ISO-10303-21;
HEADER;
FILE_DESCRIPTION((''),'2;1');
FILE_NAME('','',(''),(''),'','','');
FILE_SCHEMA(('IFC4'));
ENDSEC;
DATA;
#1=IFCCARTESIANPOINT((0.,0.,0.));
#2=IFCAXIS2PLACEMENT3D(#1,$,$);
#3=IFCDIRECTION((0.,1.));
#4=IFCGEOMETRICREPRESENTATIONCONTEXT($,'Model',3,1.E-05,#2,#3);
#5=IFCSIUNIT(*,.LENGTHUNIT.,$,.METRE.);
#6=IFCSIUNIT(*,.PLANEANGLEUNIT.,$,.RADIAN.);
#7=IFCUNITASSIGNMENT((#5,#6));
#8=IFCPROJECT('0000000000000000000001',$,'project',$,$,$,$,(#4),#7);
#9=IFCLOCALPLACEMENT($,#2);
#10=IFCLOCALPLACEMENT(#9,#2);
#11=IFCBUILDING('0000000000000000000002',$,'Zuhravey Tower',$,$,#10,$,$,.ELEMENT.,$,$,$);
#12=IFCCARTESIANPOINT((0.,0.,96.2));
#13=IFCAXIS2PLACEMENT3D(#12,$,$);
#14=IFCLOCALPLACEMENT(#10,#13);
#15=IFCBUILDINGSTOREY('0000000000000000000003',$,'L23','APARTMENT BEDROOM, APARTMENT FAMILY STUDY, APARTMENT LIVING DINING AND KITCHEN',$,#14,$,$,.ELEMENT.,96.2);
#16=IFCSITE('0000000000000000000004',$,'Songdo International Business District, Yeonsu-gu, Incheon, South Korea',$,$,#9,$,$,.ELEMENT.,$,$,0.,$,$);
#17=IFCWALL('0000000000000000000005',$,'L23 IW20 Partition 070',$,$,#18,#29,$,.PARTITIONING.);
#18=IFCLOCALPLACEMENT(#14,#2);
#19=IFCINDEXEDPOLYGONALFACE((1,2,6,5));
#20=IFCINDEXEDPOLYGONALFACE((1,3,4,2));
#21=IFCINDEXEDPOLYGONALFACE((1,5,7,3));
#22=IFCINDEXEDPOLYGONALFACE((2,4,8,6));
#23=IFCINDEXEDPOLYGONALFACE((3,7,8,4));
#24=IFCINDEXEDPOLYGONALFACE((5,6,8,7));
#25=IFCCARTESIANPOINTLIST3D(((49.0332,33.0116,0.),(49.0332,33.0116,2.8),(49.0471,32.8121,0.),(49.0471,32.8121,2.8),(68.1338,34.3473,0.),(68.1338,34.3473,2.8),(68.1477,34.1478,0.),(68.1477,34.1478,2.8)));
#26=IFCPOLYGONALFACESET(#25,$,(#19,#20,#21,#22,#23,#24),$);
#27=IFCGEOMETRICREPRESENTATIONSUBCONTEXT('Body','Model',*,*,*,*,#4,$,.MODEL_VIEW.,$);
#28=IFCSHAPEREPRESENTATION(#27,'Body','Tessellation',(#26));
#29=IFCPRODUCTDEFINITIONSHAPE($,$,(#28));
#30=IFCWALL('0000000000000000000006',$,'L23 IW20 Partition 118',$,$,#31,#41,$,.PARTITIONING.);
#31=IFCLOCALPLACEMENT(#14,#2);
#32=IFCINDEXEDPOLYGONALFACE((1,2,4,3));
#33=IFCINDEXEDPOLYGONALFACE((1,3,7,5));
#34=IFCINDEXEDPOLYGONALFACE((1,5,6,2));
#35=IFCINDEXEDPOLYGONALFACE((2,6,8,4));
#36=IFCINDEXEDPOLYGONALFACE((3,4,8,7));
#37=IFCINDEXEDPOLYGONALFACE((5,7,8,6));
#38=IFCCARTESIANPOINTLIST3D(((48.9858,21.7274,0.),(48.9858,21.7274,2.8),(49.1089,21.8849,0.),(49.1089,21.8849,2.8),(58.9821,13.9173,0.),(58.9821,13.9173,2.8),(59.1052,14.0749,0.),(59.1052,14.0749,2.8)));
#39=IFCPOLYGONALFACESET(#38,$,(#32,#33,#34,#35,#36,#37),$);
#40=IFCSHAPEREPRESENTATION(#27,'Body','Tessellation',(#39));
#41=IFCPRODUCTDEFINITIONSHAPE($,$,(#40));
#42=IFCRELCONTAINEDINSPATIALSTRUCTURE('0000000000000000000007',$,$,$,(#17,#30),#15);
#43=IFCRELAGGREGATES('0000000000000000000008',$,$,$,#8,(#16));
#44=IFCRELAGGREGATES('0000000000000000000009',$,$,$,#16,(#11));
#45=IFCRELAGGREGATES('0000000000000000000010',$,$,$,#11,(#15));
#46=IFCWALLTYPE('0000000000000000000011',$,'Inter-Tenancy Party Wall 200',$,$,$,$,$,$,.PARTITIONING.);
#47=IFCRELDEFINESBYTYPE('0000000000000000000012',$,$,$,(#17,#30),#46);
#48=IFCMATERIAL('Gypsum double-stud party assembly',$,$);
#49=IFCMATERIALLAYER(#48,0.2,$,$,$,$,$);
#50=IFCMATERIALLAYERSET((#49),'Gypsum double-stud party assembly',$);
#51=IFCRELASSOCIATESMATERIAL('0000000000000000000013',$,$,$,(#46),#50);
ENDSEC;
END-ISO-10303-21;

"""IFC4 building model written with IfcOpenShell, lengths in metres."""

from ifc_helpers import new_model, si_unit, direction, frame, frame_2d, origin, place, context, subcontext, project, spatial, rectangle, extrude, material, layer, layer_set, type_object, element, save


model = new_model("IFC4")

# Units and contexts
model_context = context("Model", 3, precision=1e-05, world=origin(), true_north=direction((0.0, 1.0)))
body_context = subcontext(model_context, "Body", "Model", "MODEL_VIEW")
ifc_project = project(units=[si_unit("LENGTHUNIT", "METRE"), si_unit("PLANEANGLEUNIT", "RADIAN")], contexts=[model_context])

# Site, building, storey
site_placement = place(None, origin())
site = spatial("IfcSite", under=ifc_project, at=site_placement, Name="Songdo International Business District, Yeonsu-gu, Incheon, South Korea", CompositionType="ELEMENT", RefElevation=0.0)
building_placement = place(site_placement, origin())
building = spatial("IfcBuilding", under=site, at=building_placement, Name="Zuhravey Tower", CompositionType="ELEMENT")
storey_placement = place(building_placement, frame((0.0, 0.0, 96.2)))
storey = spatial("IfcBuildingStorey", under=building, at=storey_placement, Name="L23", Description="APARTMENT BEDROOM, APARTMENT FAMILY STUDY, APARTMENT LIVING DINING AND KITCHEN", CompositionType="ELEMENT", Elevation=96.2)

# Walls
ifc_material_1 = material(Name="Gypsum double-stud party assembly")
ifc_layer_1 = layer(ifc_material_1, 0.2)
ifc_layer_set_1 = layer_set([ifc_layer_1], Name="Gypsum double-stud party assembly")
wall_type_1 = type_object("IfcWallType", Name="Inter-Tenancy Party Wall 200", PredefinedType="PARTITIONING", material=ifc_layer_set_1)
wall_1_placement = place(storey_placement, frame((49.04, 32.9119, 0.0), z_axis=(0.0, 0.0, 1.0), x_axis=(0.997564, 0.069759, 0.0)))
element("IfcWall", 1, at=wall_1_placement, inside=storey, type_object=wall_type_1, Name="L23 IW20 Partition 070", PredefinedType="PARTITIONING", context=body_context, shape_type="SweptSolid", body=[
    extrude(rectangle(XDim=19.1472, YDim=0.2, at=frame_2d((9.5737, 0.0))), origin(), (0.0, 0.0, 1.0), 2.8),
])
wall_2_placement = place(storey_placement, frame((49.0474, 21.8062, 0.0), z_axis=(0.0, 0.0, 1.0), x_axis=(0.788008, -0.615665, 0.0)))
element("IfcWall", 2, at=wall_2_placement, inside=storey, type_object=wall_type_1, Name="L23 IW20 Partition 118", PredefinedType="PARTITIONING", context=body_context, shape_type="SweptSolid", body=[
    extrude(rectangle(XDim=12.6855, YDim=0.2, at=frame_2d((6.3428, 0.0))), origin(), (0.0, 0.0, 1.0), 2.8),
])

save(model, "model.ifc")
